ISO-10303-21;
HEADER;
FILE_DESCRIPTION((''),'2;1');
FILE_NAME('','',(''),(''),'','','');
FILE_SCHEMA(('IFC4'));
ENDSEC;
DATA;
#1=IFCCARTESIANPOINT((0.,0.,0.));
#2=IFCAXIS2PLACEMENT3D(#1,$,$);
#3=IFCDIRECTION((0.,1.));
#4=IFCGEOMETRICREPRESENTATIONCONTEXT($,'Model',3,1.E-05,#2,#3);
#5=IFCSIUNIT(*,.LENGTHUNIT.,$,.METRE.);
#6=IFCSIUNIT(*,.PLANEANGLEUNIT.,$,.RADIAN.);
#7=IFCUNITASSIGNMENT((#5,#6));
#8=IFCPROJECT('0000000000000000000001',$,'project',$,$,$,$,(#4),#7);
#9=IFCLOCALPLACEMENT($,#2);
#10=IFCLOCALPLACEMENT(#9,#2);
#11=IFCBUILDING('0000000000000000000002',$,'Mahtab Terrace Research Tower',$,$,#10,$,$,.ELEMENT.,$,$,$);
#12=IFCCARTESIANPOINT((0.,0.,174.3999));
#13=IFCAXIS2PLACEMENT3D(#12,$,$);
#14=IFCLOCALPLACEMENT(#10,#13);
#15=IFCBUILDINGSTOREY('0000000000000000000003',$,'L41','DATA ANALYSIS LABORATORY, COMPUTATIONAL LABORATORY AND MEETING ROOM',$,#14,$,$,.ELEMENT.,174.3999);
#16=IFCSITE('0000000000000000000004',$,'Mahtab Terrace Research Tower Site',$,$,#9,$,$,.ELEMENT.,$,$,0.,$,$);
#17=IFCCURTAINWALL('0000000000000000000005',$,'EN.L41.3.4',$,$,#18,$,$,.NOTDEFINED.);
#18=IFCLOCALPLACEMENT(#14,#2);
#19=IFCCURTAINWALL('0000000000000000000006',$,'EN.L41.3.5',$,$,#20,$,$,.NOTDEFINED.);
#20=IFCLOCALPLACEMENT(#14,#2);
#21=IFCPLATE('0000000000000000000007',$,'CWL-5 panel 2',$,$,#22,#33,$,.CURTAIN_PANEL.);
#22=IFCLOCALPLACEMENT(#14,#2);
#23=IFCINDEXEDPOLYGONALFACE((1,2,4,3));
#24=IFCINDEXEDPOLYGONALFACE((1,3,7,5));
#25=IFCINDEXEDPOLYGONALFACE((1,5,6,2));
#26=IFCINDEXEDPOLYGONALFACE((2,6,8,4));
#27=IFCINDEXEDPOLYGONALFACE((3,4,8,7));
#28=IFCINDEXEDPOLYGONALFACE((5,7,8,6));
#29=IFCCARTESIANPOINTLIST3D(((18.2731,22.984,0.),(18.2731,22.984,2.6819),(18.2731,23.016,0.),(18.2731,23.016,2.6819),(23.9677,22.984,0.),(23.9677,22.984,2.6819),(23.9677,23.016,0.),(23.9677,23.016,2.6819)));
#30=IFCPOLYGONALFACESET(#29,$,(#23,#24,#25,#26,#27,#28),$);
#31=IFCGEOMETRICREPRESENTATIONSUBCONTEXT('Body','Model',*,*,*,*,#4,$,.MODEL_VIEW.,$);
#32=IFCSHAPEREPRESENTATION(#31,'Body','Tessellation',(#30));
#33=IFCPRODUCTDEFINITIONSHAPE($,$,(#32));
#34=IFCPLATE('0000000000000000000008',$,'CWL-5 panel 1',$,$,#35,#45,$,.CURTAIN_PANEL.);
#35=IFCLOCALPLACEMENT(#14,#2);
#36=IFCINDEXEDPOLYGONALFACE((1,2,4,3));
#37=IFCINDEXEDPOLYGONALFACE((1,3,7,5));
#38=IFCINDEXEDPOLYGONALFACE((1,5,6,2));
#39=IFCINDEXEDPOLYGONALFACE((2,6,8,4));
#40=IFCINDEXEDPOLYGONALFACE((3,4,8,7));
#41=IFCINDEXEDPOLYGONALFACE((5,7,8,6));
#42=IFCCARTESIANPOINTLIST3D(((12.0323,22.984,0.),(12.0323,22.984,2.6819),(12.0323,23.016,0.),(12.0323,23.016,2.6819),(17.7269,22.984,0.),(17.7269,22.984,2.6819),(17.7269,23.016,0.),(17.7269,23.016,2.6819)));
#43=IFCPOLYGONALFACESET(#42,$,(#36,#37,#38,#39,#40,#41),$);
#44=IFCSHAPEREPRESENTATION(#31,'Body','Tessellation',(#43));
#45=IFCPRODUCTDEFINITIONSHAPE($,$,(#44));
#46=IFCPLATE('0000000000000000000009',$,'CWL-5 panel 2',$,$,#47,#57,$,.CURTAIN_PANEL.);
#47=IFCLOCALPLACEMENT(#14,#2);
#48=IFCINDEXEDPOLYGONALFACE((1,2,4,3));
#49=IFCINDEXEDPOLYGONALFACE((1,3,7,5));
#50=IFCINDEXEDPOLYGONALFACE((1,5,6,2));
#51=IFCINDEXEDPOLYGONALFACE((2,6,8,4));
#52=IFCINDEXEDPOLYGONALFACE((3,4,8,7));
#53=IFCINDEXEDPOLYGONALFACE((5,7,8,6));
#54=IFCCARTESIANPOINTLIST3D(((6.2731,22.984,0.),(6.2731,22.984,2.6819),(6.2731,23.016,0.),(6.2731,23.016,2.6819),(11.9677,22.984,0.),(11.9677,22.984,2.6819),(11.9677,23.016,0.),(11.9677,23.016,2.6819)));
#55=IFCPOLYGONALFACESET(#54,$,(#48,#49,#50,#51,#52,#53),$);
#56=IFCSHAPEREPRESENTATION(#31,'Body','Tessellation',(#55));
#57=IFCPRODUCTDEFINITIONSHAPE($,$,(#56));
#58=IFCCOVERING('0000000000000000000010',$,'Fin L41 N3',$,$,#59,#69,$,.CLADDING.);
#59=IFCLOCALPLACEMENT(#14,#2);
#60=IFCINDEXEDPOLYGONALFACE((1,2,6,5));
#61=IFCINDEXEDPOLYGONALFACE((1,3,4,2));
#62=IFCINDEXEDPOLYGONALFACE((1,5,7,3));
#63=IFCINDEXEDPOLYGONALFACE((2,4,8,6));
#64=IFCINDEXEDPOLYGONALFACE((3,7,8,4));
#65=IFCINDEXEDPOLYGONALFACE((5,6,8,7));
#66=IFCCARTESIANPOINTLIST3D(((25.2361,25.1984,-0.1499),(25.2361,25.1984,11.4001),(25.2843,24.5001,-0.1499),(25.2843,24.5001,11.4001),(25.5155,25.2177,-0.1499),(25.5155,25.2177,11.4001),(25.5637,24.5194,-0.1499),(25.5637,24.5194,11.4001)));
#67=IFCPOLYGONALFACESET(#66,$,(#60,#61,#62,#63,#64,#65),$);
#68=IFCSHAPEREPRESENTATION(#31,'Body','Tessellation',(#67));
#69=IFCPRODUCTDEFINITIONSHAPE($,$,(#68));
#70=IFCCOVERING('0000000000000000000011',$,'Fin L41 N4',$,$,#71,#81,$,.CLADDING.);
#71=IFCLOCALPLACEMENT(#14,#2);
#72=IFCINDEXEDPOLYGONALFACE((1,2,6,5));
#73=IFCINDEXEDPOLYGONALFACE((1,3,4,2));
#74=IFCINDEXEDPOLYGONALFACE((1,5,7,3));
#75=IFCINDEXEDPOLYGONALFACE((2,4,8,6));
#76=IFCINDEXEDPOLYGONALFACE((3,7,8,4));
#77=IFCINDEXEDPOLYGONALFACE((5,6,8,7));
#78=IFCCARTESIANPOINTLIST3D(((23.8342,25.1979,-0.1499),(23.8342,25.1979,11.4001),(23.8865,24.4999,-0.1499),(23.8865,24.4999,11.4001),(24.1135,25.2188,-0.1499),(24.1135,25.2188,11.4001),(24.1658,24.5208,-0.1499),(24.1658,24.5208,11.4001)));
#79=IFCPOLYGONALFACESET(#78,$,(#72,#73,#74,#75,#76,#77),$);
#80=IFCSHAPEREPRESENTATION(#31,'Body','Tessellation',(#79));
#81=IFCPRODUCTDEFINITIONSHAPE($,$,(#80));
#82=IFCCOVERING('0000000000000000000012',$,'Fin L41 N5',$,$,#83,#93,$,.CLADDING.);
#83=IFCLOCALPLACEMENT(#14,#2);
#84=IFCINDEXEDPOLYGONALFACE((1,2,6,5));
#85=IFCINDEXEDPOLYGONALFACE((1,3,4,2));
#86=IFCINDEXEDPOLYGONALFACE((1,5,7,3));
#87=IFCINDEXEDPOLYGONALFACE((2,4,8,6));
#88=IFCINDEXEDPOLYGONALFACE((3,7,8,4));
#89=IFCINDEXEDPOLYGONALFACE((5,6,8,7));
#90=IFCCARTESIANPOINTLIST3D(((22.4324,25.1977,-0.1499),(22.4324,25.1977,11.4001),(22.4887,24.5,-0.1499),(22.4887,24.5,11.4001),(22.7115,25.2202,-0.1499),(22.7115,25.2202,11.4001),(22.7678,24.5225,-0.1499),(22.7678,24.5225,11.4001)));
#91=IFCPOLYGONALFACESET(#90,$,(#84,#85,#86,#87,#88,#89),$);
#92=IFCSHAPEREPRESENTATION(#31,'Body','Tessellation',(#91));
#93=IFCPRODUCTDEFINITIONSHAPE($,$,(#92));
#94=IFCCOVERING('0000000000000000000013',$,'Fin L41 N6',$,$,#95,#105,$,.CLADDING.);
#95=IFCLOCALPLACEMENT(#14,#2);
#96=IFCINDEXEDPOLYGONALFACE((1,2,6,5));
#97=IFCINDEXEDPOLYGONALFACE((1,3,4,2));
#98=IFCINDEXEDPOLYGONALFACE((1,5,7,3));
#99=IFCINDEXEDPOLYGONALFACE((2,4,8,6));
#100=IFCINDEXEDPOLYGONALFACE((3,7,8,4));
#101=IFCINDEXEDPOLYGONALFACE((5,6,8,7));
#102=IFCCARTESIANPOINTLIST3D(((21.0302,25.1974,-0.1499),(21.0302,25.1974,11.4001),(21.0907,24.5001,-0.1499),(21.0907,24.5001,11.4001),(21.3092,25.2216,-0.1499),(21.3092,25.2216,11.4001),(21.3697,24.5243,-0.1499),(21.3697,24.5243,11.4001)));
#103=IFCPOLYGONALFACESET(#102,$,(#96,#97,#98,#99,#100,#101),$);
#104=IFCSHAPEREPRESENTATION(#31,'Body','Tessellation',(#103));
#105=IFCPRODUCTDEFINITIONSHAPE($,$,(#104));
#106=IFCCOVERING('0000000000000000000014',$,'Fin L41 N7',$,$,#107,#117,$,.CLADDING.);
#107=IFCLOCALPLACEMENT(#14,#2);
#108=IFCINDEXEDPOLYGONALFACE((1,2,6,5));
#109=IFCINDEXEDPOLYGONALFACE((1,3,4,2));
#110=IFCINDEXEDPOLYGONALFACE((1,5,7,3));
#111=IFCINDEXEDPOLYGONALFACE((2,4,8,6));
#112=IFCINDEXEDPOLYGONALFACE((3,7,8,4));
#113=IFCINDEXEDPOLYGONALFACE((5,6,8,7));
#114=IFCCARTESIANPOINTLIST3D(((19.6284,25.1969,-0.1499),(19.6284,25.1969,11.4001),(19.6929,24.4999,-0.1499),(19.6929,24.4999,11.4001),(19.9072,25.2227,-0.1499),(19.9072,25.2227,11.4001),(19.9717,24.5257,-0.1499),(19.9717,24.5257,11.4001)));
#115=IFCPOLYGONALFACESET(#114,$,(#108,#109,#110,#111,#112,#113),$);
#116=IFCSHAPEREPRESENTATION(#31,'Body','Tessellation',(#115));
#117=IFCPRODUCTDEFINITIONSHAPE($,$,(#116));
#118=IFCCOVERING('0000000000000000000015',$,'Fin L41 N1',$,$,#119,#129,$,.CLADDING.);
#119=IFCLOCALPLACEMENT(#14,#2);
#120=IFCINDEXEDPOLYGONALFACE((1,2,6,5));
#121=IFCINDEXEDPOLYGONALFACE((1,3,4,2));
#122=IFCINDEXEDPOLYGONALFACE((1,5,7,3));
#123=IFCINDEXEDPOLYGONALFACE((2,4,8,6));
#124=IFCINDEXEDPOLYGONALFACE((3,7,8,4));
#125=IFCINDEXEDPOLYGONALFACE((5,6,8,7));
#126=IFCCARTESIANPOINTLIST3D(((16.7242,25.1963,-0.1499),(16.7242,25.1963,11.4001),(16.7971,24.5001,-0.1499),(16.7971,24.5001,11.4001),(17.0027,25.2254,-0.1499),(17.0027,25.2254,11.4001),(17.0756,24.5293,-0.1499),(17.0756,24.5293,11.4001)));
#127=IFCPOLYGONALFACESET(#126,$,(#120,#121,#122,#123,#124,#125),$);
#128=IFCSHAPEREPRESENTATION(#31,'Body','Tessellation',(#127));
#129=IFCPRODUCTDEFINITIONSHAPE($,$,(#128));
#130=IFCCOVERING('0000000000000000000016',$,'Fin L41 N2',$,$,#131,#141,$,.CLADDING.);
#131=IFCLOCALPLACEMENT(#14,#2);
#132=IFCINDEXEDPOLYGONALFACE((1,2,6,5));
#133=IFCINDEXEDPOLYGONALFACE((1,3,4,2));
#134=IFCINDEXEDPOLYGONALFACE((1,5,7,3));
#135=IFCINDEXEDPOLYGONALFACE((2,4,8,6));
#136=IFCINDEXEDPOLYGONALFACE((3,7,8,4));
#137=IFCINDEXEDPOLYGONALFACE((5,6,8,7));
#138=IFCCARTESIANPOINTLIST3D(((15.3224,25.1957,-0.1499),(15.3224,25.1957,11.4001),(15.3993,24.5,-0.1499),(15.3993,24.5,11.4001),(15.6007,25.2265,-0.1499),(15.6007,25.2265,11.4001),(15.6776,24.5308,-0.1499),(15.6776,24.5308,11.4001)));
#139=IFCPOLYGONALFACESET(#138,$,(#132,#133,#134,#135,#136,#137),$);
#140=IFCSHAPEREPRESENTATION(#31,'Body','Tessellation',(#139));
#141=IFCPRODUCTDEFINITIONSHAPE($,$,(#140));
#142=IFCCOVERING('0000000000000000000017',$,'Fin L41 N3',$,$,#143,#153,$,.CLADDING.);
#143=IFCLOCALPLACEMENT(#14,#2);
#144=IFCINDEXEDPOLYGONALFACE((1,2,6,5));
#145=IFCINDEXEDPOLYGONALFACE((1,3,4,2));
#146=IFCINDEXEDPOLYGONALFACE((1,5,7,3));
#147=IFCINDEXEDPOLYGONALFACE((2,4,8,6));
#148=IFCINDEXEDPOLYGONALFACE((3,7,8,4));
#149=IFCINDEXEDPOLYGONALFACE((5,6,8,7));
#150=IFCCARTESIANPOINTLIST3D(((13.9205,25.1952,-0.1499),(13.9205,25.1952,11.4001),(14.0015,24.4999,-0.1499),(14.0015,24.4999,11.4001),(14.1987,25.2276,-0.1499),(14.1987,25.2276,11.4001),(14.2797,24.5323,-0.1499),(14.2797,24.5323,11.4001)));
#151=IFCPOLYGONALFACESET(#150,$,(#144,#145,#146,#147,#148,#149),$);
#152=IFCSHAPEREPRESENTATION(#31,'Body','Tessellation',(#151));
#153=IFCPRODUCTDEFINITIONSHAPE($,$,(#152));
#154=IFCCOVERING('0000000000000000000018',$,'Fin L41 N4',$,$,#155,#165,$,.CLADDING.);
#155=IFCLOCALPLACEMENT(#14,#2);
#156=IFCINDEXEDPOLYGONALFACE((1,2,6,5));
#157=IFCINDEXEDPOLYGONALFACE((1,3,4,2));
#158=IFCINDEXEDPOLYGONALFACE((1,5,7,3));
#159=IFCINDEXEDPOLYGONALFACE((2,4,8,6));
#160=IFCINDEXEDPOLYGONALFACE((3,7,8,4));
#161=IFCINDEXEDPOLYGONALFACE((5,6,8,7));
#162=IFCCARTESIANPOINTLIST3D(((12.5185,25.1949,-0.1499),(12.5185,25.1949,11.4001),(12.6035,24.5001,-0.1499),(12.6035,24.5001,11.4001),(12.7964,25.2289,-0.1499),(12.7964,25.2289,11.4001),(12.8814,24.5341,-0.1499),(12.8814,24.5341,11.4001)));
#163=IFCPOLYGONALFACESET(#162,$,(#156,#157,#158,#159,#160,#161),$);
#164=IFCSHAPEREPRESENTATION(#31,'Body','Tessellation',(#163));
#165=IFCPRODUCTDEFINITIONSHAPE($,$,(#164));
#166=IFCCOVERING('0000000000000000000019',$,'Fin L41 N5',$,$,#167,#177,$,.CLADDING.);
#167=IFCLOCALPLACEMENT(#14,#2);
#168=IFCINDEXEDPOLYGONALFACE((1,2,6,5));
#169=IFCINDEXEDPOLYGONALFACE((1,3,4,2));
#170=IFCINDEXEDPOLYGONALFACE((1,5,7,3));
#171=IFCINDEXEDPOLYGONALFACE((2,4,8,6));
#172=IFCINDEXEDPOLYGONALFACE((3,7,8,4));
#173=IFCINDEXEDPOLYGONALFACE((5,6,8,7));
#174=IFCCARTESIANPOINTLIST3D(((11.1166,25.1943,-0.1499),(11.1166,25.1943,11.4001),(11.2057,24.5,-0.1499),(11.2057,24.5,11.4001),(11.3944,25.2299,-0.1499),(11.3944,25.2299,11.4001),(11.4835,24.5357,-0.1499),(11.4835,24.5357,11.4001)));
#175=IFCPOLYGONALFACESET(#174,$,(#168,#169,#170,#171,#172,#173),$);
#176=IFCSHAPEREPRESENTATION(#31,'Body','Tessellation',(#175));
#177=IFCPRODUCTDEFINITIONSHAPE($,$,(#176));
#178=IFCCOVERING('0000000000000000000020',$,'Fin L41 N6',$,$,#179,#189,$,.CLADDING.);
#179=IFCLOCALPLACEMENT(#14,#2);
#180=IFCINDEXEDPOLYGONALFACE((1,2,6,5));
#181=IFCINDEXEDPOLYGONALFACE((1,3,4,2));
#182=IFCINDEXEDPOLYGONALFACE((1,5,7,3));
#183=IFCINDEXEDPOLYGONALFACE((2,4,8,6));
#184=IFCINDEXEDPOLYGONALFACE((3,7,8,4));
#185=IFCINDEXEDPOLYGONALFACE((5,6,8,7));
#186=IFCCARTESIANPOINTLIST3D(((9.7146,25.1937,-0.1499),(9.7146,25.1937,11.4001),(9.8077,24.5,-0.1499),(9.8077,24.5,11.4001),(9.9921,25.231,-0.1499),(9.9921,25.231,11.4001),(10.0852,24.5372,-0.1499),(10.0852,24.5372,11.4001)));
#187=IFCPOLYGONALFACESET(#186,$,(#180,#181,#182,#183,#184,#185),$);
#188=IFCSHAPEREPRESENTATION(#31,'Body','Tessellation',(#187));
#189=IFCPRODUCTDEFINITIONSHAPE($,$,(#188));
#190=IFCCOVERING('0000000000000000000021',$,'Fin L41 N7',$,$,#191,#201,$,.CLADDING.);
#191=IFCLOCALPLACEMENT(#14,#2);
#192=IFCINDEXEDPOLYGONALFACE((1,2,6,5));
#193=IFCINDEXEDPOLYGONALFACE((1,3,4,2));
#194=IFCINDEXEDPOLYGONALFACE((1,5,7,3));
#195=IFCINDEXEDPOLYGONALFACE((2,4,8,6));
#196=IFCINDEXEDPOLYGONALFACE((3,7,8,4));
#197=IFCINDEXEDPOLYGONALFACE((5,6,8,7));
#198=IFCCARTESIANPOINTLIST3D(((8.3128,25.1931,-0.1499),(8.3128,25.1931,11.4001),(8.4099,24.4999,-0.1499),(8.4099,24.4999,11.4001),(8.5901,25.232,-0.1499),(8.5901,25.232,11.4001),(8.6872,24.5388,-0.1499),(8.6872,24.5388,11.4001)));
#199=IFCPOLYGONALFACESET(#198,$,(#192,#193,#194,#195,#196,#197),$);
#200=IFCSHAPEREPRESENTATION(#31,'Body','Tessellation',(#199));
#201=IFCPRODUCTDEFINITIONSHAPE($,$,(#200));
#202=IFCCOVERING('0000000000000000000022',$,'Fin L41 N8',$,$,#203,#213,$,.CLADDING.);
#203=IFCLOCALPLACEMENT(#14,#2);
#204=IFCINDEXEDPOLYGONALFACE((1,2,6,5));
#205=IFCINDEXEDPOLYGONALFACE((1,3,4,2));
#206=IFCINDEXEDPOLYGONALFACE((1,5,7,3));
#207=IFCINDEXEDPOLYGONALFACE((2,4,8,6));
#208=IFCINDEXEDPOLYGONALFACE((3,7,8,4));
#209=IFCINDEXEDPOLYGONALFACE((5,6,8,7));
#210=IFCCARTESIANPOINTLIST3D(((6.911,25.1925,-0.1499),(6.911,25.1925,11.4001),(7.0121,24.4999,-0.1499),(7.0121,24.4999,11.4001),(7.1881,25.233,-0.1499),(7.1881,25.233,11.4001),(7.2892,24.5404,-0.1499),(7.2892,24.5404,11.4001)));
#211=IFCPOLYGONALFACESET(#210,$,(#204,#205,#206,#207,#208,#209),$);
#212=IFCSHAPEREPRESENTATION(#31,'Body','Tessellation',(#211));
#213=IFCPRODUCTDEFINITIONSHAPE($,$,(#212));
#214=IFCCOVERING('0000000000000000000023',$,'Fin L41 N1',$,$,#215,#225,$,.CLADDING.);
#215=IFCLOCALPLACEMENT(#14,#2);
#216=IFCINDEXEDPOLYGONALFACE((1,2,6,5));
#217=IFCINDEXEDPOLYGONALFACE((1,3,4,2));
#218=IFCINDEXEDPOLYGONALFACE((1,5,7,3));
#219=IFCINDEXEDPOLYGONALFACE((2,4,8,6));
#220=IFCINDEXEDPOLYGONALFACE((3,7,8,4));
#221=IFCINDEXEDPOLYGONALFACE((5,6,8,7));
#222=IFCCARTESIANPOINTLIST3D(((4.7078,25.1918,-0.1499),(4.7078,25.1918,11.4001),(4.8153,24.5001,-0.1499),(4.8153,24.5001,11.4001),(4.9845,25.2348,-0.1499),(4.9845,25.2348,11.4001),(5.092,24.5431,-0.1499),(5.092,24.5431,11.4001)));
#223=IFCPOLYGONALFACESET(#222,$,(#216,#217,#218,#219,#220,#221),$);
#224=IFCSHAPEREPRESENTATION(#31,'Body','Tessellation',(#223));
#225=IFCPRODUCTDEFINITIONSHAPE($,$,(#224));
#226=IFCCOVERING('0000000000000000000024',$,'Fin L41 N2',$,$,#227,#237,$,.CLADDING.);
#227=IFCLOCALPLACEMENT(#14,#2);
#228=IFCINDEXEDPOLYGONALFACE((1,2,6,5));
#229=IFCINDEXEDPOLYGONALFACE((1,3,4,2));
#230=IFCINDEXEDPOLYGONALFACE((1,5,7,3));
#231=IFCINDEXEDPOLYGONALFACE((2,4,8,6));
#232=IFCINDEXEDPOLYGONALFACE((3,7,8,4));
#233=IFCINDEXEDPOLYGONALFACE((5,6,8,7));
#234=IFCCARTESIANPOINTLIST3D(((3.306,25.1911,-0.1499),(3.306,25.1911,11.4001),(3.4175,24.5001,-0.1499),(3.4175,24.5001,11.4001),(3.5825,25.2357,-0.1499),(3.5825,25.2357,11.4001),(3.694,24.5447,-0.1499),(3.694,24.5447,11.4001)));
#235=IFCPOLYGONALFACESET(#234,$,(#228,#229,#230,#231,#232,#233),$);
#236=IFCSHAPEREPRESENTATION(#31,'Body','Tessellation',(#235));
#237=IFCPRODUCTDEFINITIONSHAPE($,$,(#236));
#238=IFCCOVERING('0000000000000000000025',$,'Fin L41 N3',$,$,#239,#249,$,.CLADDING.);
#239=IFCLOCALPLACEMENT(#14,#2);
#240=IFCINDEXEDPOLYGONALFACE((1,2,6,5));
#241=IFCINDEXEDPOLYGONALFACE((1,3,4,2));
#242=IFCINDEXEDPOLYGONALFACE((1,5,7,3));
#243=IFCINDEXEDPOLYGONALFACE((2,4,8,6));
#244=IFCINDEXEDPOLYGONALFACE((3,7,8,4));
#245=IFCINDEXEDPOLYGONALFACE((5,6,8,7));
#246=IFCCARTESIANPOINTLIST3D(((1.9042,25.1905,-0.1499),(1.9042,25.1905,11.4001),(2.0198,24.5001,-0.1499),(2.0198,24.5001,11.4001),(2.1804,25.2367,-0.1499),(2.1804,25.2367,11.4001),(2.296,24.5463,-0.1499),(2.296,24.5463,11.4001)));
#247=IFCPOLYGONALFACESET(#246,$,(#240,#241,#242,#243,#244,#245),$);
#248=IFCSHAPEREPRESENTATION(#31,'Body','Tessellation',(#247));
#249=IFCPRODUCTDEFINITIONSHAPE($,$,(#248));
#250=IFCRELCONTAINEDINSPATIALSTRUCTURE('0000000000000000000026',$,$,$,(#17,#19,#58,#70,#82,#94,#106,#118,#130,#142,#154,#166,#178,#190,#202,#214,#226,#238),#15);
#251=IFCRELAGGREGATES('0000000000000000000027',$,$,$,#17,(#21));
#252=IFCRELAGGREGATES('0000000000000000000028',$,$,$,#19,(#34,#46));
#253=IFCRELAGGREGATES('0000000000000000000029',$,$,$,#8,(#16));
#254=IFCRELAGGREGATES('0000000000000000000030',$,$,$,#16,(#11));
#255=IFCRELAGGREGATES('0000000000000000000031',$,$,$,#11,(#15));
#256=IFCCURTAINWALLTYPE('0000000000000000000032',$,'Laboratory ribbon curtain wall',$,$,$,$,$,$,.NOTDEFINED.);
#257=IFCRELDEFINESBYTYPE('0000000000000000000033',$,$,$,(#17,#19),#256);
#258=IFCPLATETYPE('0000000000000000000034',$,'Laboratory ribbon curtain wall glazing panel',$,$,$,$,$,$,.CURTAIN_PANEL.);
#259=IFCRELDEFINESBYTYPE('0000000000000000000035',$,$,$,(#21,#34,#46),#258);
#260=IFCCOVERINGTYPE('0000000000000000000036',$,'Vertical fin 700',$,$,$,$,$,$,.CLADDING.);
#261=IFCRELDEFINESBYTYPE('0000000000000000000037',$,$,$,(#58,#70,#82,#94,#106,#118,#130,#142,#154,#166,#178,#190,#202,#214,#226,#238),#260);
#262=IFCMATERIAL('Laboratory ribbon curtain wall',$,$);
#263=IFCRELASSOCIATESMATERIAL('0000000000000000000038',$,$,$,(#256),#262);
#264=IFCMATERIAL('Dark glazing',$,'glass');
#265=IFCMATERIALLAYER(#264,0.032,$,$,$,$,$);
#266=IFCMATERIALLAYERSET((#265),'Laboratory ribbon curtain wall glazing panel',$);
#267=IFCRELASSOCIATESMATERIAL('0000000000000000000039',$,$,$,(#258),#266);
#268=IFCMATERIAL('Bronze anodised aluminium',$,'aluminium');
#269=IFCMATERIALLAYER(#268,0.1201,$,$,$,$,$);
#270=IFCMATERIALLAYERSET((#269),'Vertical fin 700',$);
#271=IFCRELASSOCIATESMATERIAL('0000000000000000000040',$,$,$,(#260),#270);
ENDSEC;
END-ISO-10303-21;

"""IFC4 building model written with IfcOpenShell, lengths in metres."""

from ifc_helpers import new_model, si_unit, direction, frame, origin, origin_2d, place, context, subcontext, project, spatial, rectangle, extrude, material, layer, layer_set, type_object, element, aggregate, save


model = new_model("IFC4")

# Units and contexts
model_context = context("Model", 3, precision=1e-05, world=origin(), true_north=direction((0.0, 1.0)))
body_context = subcontext(model_context, "Body", "Model", "MODEL_VIEW")
ifc_project = project(units=[si_unit("LENGTHUNIT", "METRE"), si_unit("PLANEANGLEUNIT", "RADIAN")], contexts=[model_context])

# Site, building, storey
site_placement = place(None, origin())
site = spatial("IfcSite", under=ifc_project, at=site_placement, Name="Mahtab Terrace Research Tower Site", CompositionType="ELEMENT", RefElevation=0.0)
building_placement = place(site_placement, origin())
building = spatial("IfcBuilding", under=site, at=building_placement, Name="Mahtab Terrace Research Tower", CompositionType="ELEMENT")
storey_placement = place(building_placement, frame((0.0, 0.0, 174.3999)))
storey = spatial("IfcBuildingStorey", under=building, at=storey_placement, Name="L41", Description="DATA ANALYSIS LABORATORY, COMPUTATIONAL LABORATORY AND MEETING ROOM", CompositionType="ELEMENT", Elevation=174.3999)

# Curtain walls
ifc_material_1 = material(Name="Laboratory ribbon curtain wall")
curtain_wall_type = type_object("IfcCurtainWallType", Name="Laboratory ribbon curtain wall", PredefinedType="NOTDEFINED", material=ifc_material_1)
curtain_wall_1_placement = place(storey_placement, origin())
curtain_wall_1 = element("IfcCurtainWall", 1, at=curtain_wall_1_placement, inside=storey, type_object=curtain_wall_type, Name="EN.L41.3.4", PredefinedType="NOTDEFINED")
curtain_wall_2_placement = place(storey_placement, origin())
curtain_wall_2 = element("IfcCurtainWall", 2, at=curtain_wall_2_placement, inside=storey, type_object=curtain_wall_type, Name="EN.L41.3.5", PredefinedType="NOTDEFINED")

# Plates
ifc_material_2 = material(Name="Dark glazing", Category="glass")
ifc_layer_1 = layer(ifc_material_2, 0.032)
ifc_layer_set_1 = layer_set([ifc_layer_1], Name="Laboratory ribbon curtain wall glazing panel")
plate_type = type_object("IfcPlateType", Name="Laboratory ribbon curtain wall glazing panel", PredefinedType="CURTAIN_PANEL", material=ifc_layer_set_1)
plate_1_placement = place(storey_placement, frame((21.1204, 23.0, 0.0), z_axis=(0.0, 0.0, 1.0), x_axis=(-1.0, 0.0, 0.0)))
plate_1 = element("IfcPlate", 3, at=plate_1_placement, type_object=plate_type, Name="CWL-5 panel 2", PredefinedType="CURTAIN_PANEL", context=body_context, shape_type="SweptSolid", body=[
    extrude(rectangle(XDim=5.6946, YDim=0.032, at=origin_2d()), origin(), (0.0, 0.0, 1.0), 2.6819),
])
aggregate(curtain_wall_1, [plate_1])
plate_2_placement = place(storey_placement, frame((14.8796, 23.0, 0.0), z_axis=(0.0, 0.0, 1.0), x_axis=(-1.0, 0.0, 0.0)))
plate_2 = element("IfcPlate", 4, at=plate_2_placement, type_object=plate_type, Name="CWL-5 panel 1", PredefinedType="CURTAIN_PANEL", context=body_context, shape_type="SweptSolid", body=[
    extrude(rectangle(XDim=5.6946, YDim=0.032, at=origin_2d()), origin(), (0.0, 0.0, 1.0), 2.6819),
])
plate_3_placement = place(storey_placement, frame((9.1204, 23.0, 0.0), z_axis=(0.0, 0.0, 1.0), x_axis=(-1.0, 0.0, 0.0)))
plate_3 = element("IfcPlate", 5, at=plate_3_placement, type_object=plate_type, Name="CWL-5 panel 2", PredefinedType="CURTAIN_PANEL", context=body_context, shape_type="SweptSolid", body=[
    extrude(rectangle(XDim=5.6946, YDim=0.032, at=origin_2d()), origin(), (0.0, 0.0, 1.0), 2.6819),
])
aggregate(curtain_wall_2, [plate_2, plate_3])

# Coverings
ifc_material_3 = material(Name="Bronze anodised aluminium", Category="aluminium")
ifc_layer_2 = layer(ifc_material_3, 0.1201)
ifc_layer_set_2 = layer_set([ifc_layer_2], Name="Vertical fin 700")
covering_type = type_object("IfcCoveringType", Name="Vertical fin 700", PredefinedType="CLADDING", material=ifc_layer_set_2)
for number, where, z_axis, x_axis, name in (
    (6, (25.3999, 24.8589, -0.1499), (0.0, 0.0, 1.0), (-0.997622, -0.068927, 0.0), "Fin L41 N3"),
    (7, (24.0, 24.8594, -0.1499), (0.0, 0.0, 1.0), (-0.997204, -0.07473, 0.0), "Fin L41 N4"),
    (8, (22.6001, 24.8601, -0.1499), (0.0, 0.0, 1.0), (-0.996752, -0.08053, 0.0), "Fin L41 N5"),
    (9, (21.2, 24.8608, -0.1499), (0.0, 0.0, 1.0), (-0.996267, -0.086328, 0.0), "Fin L41 N6"),
    (10, (19.8, 24.8613, -0.1499), (0.0, 0.0, 1.0), (-0.995748, -0.092122, 0.0), "Fin L41 N7"),
    (11, (16.8999, 24.8628, -0.1499), (0.0, 0.0, 1.0), (-0.994565, -0.104115, 0.0), "Fin L41 N1"),
    (12, (15.5, 24.8633, -0.1499), (0.0, 0.0, 1.0), (-0.993943, -0.1099, 0.0), "Fin L41 N2"),
    (13, (14.1001, 24.8638, -0.1499), (0.0, 0.0, 1.0), (-0.993287, -0.11568, 0.0), "Fin L41 N3"),
    (14, (12.7, 24.8645, -0.1499), (0.0, 0.0, 1.0), (-0.992597, -0.121457, 0.0), "Fin L41 N4"),
    (15, (11.3, 24.865, -0.1499), (0.0, 0.0, 1.0), (-0.991873, -0.127229, 0.0), "Fin L41 N5"),
    (16, (9.8999, 24.8655, -0.1499), (0.0, 0.0, 1.0), (-0.991116, -0.132998, 0.0), "Fin L41 N6"),
    (17, (8.5, 24.866, -0.1499), (0.0, 0.0, 1.0), (-0.990326, -0.138762, 0.0), "Fin L41 N7"),
    (18, (7.1001, 24.8665, -0.1499), (0.0, 0.0, 1.0), (-0.989502, -0.144521, 0.0), "Fin L41 N8"),
    (19, (4.8999, 24.8674, -0.1499), (0.0, 0.0, 1.0), (-0.988139, -0.153561, 0.0), "Fin L41 N1"),
    (20, (3.5, 24.8679, -0.1499), (0.0, 0.0, 1.0), (-0.987229, -0.159307, 0.0), "Fin L41 N2"),
    (21, (2.1001, 24.8684, -0.1499), (0.0, 0.0, 1.0), (-0.986286, -0.165048, 0.0), "Fin L41 N3"),
):
    element("IfcCovering", number, at=place(storey_placement, frame(where, z_axis=z_axis, x_axis=x_axis)), inside=storey, type_object=covering_type, Name=name, PredefinedType="CLADDING", context=body_context, shape_type="SweptSolid", body=[
        extrude(rectangle(XDim=0.28, YDim=0.7, at=origin_2d()), origin(), (0.0, 0.0, 1.0), 11.55),
    ])

save(model, "model.ifc")
